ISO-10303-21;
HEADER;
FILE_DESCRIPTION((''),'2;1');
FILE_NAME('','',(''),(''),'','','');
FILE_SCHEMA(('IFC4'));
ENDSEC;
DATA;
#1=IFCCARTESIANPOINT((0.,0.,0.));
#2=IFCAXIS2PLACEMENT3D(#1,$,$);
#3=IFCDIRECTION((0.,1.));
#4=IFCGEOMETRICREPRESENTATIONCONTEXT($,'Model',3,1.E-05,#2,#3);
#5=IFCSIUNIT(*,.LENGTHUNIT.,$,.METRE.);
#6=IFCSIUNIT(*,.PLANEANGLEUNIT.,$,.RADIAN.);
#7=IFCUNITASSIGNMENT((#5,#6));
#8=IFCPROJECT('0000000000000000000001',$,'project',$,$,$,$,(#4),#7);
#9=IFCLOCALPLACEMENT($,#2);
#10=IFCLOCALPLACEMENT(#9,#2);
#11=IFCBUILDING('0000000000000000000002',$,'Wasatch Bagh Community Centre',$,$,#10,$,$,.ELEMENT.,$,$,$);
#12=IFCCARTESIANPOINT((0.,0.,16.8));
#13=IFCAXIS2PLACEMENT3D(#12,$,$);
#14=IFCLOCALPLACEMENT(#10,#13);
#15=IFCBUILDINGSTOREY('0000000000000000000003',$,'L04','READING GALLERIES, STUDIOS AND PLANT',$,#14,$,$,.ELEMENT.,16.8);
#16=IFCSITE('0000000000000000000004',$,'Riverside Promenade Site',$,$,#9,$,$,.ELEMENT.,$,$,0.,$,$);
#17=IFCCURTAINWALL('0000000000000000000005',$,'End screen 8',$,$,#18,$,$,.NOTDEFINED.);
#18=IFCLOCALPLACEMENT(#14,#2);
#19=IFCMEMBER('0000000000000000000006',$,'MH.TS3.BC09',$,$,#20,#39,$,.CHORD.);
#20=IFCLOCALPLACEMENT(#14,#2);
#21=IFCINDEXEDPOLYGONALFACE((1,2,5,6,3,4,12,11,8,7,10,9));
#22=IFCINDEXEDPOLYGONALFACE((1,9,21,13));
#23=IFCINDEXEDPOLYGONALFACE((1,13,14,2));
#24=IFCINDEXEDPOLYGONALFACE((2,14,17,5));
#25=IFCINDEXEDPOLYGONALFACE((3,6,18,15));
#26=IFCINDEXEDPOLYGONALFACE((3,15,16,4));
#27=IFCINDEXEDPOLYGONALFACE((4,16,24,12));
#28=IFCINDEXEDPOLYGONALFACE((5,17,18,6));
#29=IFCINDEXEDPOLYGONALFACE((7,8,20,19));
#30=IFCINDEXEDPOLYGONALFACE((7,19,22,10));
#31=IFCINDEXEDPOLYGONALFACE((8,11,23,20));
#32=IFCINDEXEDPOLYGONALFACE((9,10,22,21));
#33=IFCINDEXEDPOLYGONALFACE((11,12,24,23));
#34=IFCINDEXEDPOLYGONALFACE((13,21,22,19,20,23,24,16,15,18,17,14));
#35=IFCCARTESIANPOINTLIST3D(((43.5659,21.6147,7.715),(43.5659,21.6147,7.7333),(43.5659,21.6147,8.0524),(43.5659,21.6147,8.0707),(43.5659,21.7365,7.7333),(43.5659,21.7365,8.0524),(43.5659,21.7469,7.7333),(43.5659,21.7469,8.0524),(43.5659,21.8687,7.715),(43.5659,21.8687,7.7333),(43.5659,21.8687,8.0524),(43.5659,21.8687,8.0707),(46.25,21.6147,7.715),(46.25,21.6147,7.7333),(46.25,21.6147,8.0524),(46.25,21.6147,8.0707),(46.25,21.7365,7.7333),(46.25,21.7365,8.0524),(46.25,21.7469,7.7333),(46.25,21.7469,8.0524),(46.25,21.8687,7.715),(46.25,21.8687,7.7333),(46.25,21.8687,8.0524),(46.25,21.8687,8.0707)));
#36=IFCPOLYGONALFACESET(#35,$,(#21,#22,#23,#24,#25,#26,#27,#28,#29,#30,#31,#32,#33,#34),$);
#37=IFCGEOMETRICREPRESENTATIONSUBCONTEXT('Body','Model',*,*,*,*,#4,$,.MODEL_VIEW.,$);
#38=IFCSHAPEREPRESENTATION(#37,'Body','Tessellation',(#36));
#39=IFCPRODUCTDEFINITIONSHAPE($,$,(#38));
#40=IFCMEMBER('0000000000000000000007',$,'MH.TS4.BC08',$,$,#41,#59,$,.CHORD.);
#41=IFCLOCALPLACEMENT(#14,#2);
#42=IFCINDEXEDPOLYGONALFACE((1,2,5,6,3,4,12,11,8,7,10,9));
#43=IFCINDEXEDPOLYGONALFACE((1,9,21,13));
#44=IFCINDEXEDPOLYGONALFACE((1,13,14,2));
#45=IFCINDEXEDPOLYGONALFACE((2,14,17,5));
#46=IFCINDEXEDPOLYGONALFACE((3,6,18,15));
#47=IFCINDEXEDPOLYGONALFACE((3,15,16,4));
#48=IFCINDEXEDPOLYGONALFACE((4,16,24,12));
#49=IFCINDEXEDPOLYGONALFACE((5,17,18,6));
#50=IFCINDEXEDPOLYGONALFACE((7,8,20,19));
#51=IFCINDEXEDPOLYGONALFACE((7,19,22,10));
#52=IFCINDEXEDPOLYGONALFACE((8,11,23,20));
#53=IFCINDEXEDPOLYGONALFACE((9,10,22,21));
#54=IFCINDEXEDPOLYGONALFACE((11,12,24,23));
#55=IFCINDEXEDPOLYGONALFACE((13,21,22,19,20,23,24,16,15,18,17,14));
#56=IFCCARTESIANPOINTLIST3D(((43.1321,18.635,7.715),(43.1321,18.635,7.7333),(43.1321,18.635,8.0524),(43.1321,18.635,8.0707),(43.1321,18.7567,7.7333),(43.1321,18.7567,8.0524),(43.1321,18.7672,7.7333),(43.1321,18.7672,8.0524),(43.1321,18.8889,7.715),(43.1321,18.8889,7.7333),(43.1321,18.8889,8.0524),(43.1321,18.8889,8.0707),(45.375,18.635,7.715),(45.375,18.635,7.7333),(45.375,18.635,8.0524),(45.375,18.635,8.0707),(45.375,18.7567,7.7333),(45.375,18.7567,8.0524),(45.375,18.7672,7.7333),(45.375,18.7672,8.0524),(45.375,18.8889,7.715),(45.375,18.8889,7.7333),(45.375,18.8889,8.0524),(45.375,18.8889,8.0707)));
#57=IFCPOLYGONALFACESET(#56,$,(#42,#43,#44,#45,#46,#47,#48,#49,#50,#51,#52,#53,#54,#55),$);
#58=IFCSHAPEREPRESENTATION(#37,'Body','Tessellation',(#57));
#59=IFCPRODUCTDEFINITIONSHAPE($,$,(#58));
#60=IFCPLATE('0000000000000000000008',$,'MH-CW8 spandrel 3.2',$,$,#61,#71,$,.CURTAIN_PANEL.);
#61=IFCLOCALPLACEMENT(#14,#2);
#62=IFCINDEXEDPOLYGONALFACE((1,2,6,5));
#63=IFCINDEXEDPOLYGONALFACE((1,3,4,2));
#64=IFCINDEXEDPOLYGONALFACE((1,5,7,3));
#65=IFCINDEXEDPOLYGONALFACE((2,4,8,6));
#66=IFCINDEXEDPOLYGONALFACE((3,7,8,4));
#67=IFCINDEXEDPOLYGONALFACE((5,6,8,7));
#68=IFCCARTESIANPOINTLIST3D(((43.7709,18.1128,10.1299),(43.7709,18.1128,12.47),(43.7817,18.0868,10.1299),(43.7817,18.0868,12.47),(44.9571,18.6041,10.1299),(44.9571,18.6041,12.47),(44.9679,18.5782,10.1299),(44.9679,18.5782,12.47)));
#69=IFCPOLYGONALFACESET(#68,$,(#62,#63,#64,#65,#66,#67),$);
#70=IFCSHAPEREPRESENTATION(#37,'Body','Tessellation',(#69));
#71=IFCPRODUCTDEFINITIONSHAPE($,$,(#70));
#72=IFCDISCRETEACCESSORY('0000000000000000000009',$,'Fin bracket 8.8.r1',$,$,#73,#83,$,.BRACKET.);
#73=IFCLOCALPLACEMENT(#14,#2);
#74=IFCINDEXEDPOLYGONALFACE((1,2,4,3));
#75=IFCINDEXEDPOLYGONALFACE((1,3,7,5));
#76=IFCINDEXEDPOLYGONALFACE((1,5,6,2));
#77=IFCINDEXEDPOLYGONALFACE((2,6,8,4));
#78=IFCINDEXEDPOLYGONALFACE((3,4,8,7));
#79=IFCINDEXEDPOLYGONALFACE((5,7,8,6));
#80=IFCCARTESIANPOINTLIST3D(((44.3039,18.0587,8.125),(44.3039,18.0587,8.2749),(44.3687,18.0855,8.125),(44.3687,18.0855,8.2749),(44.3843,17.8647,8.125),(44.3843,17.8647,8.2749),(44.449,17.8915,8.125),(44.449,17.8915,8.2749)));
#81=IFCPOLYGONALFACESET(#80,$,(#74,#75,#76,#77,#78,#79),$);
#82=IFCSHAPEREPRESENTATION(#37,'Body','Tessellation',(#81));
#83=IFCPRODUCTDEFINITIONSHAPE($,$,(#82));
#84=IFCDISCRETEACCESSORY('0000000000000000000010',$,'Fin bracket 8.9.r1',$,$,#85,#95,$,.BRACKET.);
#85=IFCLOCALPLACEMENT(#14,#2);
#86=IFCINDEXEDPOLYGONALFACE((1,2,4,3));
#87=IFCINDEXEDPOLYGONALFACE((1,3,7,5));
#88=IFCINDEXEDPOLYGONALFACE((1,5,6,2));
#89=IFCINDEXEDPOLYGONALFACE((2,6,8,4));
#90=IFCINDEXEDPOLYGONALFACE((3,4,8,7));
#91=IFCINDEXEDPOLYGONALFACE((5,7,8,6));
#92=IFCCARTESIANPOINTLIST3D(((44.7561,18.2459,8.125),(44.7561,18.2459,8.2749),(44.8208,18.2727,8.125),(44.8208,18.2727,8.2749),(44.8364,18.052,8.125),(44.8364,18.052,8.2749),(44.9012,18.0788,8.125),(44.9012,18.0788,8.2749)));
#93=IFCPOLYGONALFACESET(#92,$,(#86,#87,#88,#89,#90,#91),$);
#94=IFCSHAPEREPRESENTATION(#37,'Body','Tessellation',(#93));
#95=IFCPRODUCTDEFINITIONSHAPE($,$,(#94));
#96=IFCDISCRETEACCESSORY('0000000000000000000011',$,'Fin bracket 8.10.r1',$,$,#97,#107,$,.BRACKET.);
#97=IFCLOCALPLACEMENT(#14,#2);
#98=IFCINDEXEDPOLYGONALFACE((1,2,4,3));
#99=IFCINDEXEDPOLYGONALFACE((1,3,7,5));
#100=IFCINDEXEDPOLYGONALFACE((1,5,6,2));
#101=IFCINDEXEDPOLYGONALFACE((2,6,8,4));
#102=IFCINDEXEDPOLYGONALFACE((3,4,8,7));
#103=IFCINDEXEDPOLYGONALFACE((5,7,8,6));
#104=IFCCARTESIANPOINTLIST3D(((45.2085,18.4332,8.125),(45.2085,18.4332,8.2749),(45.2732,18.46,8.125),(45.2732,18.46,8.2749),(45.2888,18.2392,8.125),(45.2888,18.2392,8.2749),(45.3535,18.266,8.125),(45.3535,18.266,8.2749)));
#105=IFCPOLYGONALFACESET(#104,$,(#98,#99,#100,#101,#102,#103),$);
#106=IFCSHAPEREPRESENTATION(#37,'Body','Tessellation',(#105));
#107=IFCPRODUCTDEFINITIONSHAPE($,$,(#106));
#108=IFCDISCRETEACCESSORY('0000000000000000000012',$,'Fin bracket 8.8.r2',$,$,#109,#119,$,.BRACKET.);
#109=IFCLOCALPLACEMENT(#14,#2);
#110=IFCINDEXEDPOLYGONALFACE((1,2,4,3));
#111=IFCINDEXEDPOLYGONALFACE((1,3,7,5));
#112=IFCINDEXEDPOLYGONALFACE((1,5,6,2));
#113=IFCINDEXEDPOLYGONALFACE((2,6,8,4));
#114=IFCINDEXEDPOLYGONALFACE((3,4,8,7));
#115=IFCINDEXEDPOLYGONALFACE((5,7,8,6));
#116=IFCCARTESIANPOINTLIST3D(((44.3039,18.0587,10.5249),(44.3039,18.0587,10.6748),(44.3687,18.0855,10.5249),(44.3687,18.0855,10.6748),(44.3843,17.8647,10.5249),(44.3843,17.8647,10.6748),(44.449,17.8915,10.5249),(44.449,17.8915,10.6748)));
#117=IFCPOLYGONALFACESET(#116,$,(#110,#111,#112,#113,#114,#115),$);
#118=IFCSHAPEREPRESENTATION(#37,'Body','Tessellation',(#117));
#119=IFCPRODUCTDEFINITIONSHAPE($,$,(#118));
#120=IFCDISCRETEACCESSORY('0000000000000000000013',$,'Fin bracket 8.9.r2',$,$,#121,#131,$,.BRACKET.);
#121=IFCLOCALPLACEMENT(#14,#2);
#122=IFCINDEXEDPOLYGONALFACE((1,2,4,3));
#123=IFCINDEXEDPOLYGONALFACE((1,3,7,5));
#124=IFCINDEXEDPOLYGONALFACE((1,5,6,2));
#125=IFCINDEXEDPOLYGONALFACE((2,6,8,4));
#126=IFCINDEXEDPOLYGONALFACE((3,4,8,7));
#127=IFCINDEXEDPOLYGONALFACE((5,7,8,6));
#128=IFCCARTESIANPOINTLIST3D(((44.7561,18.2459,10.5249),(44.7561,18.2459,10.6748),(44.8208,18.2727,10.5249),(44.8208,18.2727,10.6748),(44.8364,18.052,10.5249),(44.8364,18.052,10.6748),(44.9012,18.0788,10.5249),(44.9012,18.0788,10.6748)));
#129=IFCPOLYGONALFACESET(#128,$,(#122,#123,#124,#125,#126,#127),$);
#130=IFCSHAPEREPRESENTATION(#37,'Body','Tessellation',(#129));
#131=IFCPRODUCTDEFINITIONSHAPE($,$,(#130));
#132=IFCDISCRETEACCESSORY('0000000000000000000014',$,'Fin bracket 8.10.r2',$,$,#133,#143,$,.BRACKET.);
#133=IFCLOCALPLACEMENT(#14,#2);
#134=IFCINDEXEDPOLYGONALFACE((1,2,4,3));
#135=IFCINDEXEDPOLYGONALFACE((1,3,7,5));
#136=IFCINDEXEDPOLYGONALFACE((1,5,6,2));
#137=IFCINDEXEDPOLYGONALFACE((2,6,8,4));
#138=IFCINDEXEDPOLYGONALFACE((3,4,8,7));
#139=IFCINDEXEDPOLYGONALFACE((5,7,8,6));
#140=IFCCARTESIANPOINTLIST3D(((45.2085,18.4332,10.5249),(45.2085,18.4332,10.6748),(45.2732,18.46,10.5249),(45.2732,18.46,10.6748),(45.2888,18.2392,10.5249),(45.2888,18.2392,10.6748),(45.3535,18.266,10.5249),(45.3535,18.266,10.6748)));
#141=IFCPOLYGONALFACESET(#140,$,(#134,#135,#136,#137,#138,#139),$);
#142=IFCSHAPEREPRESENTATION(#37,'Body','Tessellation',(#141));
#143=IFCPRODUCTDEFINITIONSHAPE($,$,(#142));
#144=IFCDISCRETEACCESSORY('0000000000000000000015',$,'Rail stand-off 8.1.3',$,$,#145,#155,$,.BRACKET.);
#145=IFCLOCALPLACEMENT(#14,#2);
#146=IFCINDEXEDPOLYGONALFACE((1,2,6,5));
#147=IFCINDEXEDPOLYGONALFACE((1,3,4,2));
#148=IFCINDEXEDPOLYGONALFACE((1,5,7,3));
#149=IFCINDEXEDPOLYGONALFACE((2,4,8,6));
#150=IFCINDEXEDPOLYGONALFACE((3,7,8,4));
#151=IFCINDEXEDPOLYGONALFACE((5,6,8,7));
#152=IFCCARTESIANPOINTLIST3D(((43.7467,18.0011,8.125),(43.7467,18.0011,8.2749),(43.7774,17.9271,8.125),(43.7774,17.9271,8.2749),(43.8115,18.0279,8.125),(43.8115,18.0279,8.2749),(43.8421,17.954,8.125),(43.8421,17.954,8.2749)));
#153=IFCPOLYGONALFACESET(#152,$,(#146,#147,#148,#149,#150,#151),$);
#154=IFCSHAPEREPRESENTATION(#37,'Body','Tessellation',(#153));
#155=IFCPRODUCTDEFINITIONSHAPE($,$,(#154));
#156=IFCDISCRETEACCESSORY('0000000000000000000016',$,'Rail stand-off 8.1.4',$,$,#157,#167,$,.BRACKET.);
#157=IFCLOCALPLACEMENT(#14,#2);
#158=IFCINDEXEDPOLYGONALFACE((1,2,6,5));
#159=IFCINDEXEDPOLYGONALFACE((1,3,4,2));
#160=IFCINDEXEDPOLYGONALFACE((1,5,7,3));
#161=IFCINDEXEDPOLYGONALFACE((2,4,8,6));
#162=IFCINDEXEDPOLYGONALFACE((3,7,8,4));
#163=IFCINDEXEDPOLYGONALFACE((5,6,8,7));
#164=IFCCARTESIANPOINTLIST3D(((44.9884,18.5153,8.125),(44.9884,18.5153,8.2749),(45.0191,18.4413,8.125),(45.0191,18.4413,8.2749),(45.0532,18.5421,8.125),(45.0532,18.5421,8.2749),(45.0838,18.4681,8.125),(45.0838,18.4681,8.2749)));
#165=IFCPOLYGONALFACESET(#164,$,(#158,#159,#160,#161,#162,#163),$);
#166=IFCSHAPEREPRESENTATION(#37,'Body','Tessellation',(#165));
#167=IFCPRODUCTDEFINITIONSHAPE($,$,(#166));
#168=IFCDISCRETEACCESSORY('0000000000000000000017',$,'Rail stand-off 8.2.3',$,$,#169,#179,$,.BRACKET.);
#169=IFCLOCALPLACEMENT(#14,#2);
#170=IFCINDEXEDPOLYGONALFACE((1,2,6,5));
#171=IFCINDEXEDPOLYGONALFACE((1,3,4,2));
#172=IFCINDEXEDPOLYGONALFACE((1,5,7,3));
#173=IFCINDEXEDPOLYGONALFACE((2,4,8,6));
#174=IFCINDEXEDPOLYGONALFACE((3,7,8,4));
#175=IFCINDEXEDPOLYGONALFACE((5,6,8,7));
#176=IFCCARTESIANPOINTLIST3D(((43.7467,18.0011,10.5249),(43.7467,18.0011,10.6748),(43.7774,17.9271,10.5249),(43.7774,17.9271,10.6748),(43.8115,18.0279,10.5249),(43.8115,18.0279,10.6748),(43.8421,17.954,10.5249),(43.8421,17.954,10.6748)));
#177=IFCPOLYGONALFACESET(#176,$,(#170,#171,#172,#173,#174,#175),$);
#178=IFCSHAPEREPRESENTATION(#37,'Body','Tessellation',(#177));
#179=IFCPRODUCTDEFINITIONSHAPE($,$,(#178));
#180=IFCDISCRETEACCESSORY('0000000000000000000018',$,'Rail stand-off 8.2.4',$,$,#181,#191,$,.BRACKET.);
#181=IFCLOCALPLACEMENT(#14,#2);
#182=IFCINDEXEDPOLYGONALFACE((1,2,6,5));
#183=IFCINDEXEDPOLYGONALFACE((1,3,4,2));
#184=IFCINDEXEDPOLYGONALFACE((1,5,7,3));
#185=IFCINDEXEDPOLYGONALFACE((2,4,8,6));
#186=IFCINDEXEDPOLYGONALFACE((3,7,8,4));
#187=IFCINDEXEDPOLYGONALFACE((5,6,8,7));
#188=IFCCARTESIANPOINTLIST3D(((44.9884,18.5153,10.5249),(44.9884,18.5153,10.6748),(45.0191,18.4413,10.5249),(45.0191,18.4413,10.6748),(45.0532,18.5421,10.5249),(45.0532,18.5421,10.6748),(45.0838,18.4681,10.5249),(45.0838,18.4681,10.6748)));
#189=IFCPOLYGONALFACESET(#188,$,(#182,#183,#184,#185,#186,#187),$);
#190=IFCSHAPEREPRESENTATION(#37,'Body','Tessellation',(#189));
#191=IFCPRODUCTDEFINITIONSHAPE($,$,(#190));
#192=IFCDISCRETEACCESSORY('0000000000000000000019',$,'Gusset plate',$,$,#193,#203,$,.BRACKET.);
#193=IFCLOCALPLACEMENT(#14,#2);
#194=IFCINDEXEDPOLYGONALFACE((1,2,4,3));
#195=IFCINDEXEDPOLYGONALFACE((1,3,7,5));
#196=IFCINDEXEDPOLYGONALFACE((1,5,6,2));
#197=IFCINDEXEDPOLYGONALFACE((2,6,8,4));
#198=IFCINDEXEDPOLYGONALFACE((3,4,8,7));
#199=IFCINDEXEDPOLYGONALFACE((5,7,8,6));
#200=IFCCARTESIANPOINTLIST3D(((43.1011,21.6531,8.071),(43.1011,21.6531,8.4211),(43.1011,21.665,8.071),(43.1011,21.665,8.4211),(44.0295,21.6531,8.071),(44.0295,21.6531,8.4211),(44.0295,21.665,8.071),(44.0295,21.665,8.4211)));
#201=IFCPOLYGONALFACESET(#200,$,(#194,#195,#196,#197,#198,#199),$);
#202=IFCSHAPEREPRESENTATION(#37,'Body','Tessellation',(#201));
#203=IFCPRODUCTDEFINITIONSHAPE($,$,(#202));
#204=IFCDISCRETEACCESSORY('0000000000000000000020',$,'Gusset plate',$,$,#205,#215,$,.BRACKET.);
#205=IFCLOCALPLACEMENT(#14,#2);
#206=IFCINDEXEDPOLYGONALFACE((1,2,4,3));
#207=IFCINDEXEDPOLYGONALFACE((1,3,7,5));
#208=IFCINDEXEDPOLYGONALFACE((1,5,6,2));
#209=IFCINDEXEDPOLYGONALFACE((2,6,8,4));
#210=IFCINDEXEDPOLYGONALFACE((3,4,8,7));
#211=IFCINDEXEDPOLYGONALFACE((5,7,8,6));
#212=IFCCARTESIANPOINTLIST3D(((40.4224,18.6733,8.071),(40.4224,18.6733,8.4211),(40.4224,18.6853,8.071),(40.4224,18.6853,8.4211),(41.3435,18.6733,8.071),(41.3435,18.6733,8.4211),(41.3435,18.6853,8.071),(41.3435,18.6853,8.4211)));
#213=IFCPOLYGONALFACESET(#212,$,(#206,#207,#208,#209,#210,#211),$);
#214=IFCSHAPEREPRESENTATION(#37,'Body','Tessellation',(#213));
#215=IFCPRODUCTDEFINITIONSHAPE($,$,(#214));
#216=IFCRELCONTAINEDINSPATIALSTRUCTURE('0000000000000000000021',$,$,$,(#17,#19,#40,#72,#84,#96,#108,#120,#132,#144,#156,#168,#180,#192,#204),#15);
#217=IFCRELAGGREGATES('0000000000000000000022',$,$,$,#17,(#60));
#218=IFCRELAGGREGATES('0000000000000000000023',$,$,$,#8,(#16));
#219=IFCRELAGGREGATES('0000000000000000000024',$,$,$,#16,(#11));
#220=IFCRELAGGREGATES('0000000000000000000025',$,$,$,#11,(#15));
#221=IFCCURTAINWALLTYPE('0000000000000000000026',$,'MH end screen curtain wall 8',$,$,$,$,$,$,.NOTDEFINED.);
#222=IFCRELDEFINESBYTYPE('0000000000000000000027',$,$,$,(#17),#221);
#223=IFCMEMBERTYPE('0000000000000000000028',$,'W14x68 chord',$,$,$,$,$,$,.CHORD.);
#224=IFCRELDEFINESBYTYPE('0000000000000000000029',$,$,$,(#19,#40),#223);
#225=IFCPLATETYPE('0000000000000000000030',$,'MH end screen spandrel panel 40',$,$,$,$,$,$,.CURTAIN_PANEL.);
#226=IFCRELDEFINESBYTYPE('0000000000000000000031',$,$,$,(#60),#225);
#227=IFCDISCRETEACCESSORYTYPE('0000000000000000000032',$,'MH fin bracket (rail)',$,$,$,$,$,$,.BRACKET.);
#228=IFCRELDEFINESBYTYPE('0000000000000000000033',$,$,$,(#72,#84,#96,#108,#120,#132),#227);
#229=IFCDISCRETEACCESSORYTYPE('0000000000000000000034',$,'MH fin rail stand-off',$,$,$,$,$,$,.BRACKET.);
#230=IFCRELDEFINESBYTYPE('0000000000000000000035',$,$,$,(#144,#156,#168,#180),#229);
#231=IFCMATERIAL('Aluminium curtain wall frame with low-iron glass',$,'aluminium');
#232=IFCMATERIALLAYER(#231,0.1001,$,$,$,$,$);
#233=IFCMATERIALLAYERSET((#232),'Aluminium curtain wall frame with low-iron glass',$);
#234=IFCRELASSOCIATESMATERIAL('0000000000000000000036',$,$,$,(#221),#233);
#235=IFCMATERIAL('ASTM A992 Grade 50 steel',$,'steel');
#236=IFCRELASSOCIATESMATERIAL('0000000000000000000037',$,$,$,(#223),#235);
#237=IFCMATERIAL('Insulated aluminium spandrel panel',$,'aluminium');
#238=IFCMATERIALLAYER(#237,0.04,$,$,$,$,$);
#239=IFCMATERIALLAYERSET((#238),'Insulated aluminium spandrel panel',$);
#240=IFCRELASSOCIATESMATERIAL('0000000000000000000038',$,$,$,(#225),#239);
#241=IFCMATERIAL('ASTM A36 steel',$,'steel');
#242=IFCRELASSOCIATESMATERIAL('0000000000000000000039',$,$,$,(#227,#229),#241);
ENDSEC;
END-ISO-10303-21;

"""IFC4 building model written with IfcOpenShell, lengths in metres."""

from ifc_helpers import new_model, si_unit, direction, frame, origin, origin_2d, place, context, subcontext, project, spatial, polyline, rectangle, i_section, outline, extrude, material, layer, layer_set, material_profile, profile_set, type_object, element, aggregate, save


model = new_model("IFC4")

# Units and contexts
model_context = context("Model", 3, precision=1e-05, world=origin(), true_north=direction((0.0, 1.0)))
body_context = subcontext(model_context, "Body", "Model", "MODEL_VIEW")
ifc_project = project(units=[si_unit("LENGTHUNIT", "METRE"), si_unit("PLANEANGLEUNIT", "RADIAN")], contexts=[model_context])

# Site, building, storey
site_placement = place(None, origin())
site = spatial("IfcSite", under=ifc_project, at=site_placement, Name="Riverside Promenade Site", CompositionType="ELEMENT", RefElevation=0.0)
building_placement = place(site_placement, origin())
building = spatial("IfcBuilding", under=site, at=building_placement, Name="Wasatch Bagh Community Centre", CompositionType="ELEMENT")
storey_placement = place(building_placement, frame((0.0, 0.0, 16.8)))
storey = spatial("IfcBuildingStorey", under=building, at=storey_placement, Name="L04", Description="READING GALLERIES, STUDIOS AND PLANT", CompositionType="ELEMENT", Elevation=16.8)

# Curtain wall
ifc_material_1 = material(Name="Aluminium curtain wall frame with low-iron glass", Category="aluminium")
ifc_layer_1 = layer(ifc_material_1, 0.1001)
ifc_layer_set_1 = layer_set([ifc_layer_1], Name="Aluminium curtain wall frame with low-iron glass")
curtain_wall_type = type_object("IfcCurtainWallType", Name="MH end screen curtain wall 8", PredefinedType="NOTDEFINED", material=ifc_layer_set_1)
curtain_wall_placement = place(storey_placement, origin())
curtain_wall = element("IfcCurtainWall", 1, at=curtain_wall_placement, inside=storey, type_object=curtain_wall_type, Name="End screen 8", PredefinedType="NOTDEFINED")

# Members
ifc_material_2 = material(Name="ASTM A992 Grade 50 steel", Category="steel")
ifc_material_profile_1 = material_profile(ifc_material_2, i_section(OverallWidth=0.2539, OverallDepth=0.3557, WebThickness=0.0105, FlangeThickness=0.0183, at=origin_2d()), Name="W14x68")
ifc_profile_set_1 = profile_set([ifc_material_profile_1], Name="ASTM A992 Grade 50 steel")
member_type_1 = type_object("IfcMemberType", Name="W14x68 chord", PredefinedType="CHORD", material=ifc_profile_set_1)
member_1_placement = place(storey_placement, frame((43.5659, 21.7417, 7.8928), z_axis=(1.0, 0.0, 0.0), x_axis=(0.0, 1.0, 0.0)))
element("IfcMember", 2, at=member_1_placement, inside=storey, type_object=member_type_1, Name="MH.TS3.BC09", PredefinedType="CHORD", context=body_context, shape_type="SweptSolid", body=[
    extrude(i_section(OverallWidth=0.2539, OverallDepth=0.3557, WebThickness=0.0105, FlangeThickness=0.0183, at=origin_2d()), origin(), (0.0, 0.0, 1.0), 2.6841),
])
member_2_placement = place(storey_placement, frame((43.1321, 18.762, 7.8928), z_axis=(1.0, 0.0, 0.0), x_axis=(0.0, 1.0, 0.0)))
element("IfcMember", 3, at=member_2_placement, inside=storey, type_object=member_type_1, Name="MH.TS4.BC08", PredefinedType="CHORD", context=body_context, shape_type="SweptSolid", body=[
    extrude(i_section(OverallWidth=0.2539, OverallDepth=0.3557, WebThickness=0.0105, FlangeThickness=0.0183, at=origin_2d()), origin(), (0.0, 0.0, 1.0), 2.2429),
])

# Plate
ifc_material_3 = material(Name="Insulated aluminium spandrel panel", Category="aluminium")
ifc_layer_2 = layer(ifc_material_3, 0.04)
ifc_layer_set_2 = layer_set([ifc_layer_2], Name="Insulated aluminium spandrel panel")
plate_type = type_object("IfcPlateType", Name="MH end screen spandrel panel 40", PredefinedType="CURTAIN_PANEL", material=ifc_layer_set_2)
plate_placement = place(storey_placement, frame((44.3694, 18.3455, 10.1299), z_axis=(0.0, 0.0, 1.0), x_axis=(0.92388, 0.382683, 0.0)))
plate = element("IfcPlate", 4, at=plate_placement, type_object=plate_type, Name="MH-CW8 spandrel 3.2", PredefinedType="CURTAIN_PANEL", context=body_context, shape_type="SweptSolid", body=[
    extrude(rectangle(XDim=1.2839, YDim=0.0281, at=origin_2d()), origin(), (0.0, 0.0, 1.0), 2.3401),
])
aggregate(curtain_wall, [plate])

# Discrete accessories
ifc_material_4 = material(Name="ASTM A36 steel", Category="steel")
discrete_accessory_type_1 = type_object("IfcDiscreteAccessoryType", Name="MH fin bracket (rail)", PredefinedType="BRACKET", material=ifc_material_4)
for number, where, z_axis, x_axis, name in (
    (5, (44.3765, 17.9751, 8.125), (0.0, 0.0, 1.0), (0.92388, 0.382683, 0.0), "Fin bracket 8.8.r1"),
    (6, (44.8286, 18.1624, 8.125), (0.0, 0.0, 1.0), (0.92388, 0.382683, 0.0), "Fin bracket 8.9.r1"),
    (7, (45.281, 18.3496, 8.125), (0.0, 0.0, 1.0), (0.92388, 0.382683, 0.0), "Fin bracket 8.10.r1"),
    (8, (44.3765, 17.9751, 10.5249), (0.0, 0.0, 1.0), (0.92388, 0.382683, 0.0), "Fin bracket 8.8.r2"),
    (9, (44.8286, 18.1624, 10.5249), (0.0, 0.0, 1.0), (0.92388, 0.382683, 0.0), "Fin bracket 8.9.r2"),
    (10, (45.281, 18.3496, 10.5249), (0.0, 0.0, 1.0), (0.92388, 0.382683, 0.0), "Fin bracket 8.10.r2"),
):
    element("IfcDiscreteAccessory", number, at=place(storey_placement, frame(where, z_axis=z_axis, x_axis=x_axis)), inside=storey, type_object=discrete_accessory_type_1, Name=name, PredefinedType="BRACKET", context=body_context, shape_type="SweptSolid", body=[
        extrude(rectangle(XDim=0.0701, YDim=0.21, at=origin_2d()), origin(), (0.0, 0.0, 1.0), 0.1499),
    ])
discrete_accessory_type_2 = type_object("IfcDiscreteAccessoryType", Name="MH fin rail stand-off", PredefinedType="BRACKET", material=ifc_material_4)
for number, where, z_axis, x_axis, name in (
    (11, (43.7944, 17.9775, 8.125), (0.0, 0.0, 1.0), (0.92388, 0.382683, 0.0), "Rail stand-off 8.1.3"),
    (12, (45.0361, 18.4917, 8.125), (0.0, 0.0, 1.0), (0.92388, 0.382683, 0.0), "Rail stand-off 8.1.4"),
    (13, (43.7944, 17.9775, 10.5249), (0.0, 0.0, 1.0), (0.92388, 0.382683, 0.0), "Rail stand-off 8.2.3"),
    (14, (45.0361, 18.4917, 10.5249), (0.0, 0.0, 1.0), (0.92388, 0.382683, 0.0), "Rail stand-off 8.2.4"),
):
    element("IfcDiscreteAccessory", number, at=place(storey_placement, frame(where, z_axis=z_axis, x_axis=x_axis)), inside=storey, type_object=discrete_accessory_type_2, Name=name, PredefinedType="BRACKET", context=body_context, shape_type="SweptSolid", body=[
        extrude(rectangle(XDim=0.0701, YDim=0.0801, at=origin_2d()), origin(), (0.0, 0.0, 1.0), 0.1499),
    ])
discrete_accessory_1_placement = place(storey_placement, frame((43.1011, 21.6531, 8.071), z_axis=(0.0, -1.0, 0.0), x_axis=(1.0, 0.0, 0.0)))
element("IfcDiscreteAccessory", 15, at=discrete_accessory_1_placement, inside=storey, Name="Gusset plate", PredefinedType="BRACKET", context=body_context, shape_type="SweptSolid", body=[
    extrude(outline(polyline([(0.0, 0.0), (0.9285, 0.0), (0.9285, 0.3501), (0.0, 0.3501), (0.0, 0.0)])), origin(), (0.0, 0.0, -1.0), 0.012),
])
discrete_accessory_2_placement = place(storey_placement, frame((40.4224, 18.6733, 8.071), z_axis=(0.0, -1.0, 0.0), x_axis=(1.0, 0.0, 0.0)))
element("IfcDiscreteAccessory", 16, at=discrete_accessory_2_placement, inside=storey, Name="Gusset plate", PredefinedType="BRACKET", context=body_context, shape_type="SweptSolid", body=[
    extrude(outline(polyline([(0.0, 0.0), (0.9211, 0.0), (0.9211, 0.3501), (0.0, 0.3501), (0.0, 0.0)])), origin(), (0.0, 0.0, -1.0), 0.012),
])

save(model, "model.ifc")
